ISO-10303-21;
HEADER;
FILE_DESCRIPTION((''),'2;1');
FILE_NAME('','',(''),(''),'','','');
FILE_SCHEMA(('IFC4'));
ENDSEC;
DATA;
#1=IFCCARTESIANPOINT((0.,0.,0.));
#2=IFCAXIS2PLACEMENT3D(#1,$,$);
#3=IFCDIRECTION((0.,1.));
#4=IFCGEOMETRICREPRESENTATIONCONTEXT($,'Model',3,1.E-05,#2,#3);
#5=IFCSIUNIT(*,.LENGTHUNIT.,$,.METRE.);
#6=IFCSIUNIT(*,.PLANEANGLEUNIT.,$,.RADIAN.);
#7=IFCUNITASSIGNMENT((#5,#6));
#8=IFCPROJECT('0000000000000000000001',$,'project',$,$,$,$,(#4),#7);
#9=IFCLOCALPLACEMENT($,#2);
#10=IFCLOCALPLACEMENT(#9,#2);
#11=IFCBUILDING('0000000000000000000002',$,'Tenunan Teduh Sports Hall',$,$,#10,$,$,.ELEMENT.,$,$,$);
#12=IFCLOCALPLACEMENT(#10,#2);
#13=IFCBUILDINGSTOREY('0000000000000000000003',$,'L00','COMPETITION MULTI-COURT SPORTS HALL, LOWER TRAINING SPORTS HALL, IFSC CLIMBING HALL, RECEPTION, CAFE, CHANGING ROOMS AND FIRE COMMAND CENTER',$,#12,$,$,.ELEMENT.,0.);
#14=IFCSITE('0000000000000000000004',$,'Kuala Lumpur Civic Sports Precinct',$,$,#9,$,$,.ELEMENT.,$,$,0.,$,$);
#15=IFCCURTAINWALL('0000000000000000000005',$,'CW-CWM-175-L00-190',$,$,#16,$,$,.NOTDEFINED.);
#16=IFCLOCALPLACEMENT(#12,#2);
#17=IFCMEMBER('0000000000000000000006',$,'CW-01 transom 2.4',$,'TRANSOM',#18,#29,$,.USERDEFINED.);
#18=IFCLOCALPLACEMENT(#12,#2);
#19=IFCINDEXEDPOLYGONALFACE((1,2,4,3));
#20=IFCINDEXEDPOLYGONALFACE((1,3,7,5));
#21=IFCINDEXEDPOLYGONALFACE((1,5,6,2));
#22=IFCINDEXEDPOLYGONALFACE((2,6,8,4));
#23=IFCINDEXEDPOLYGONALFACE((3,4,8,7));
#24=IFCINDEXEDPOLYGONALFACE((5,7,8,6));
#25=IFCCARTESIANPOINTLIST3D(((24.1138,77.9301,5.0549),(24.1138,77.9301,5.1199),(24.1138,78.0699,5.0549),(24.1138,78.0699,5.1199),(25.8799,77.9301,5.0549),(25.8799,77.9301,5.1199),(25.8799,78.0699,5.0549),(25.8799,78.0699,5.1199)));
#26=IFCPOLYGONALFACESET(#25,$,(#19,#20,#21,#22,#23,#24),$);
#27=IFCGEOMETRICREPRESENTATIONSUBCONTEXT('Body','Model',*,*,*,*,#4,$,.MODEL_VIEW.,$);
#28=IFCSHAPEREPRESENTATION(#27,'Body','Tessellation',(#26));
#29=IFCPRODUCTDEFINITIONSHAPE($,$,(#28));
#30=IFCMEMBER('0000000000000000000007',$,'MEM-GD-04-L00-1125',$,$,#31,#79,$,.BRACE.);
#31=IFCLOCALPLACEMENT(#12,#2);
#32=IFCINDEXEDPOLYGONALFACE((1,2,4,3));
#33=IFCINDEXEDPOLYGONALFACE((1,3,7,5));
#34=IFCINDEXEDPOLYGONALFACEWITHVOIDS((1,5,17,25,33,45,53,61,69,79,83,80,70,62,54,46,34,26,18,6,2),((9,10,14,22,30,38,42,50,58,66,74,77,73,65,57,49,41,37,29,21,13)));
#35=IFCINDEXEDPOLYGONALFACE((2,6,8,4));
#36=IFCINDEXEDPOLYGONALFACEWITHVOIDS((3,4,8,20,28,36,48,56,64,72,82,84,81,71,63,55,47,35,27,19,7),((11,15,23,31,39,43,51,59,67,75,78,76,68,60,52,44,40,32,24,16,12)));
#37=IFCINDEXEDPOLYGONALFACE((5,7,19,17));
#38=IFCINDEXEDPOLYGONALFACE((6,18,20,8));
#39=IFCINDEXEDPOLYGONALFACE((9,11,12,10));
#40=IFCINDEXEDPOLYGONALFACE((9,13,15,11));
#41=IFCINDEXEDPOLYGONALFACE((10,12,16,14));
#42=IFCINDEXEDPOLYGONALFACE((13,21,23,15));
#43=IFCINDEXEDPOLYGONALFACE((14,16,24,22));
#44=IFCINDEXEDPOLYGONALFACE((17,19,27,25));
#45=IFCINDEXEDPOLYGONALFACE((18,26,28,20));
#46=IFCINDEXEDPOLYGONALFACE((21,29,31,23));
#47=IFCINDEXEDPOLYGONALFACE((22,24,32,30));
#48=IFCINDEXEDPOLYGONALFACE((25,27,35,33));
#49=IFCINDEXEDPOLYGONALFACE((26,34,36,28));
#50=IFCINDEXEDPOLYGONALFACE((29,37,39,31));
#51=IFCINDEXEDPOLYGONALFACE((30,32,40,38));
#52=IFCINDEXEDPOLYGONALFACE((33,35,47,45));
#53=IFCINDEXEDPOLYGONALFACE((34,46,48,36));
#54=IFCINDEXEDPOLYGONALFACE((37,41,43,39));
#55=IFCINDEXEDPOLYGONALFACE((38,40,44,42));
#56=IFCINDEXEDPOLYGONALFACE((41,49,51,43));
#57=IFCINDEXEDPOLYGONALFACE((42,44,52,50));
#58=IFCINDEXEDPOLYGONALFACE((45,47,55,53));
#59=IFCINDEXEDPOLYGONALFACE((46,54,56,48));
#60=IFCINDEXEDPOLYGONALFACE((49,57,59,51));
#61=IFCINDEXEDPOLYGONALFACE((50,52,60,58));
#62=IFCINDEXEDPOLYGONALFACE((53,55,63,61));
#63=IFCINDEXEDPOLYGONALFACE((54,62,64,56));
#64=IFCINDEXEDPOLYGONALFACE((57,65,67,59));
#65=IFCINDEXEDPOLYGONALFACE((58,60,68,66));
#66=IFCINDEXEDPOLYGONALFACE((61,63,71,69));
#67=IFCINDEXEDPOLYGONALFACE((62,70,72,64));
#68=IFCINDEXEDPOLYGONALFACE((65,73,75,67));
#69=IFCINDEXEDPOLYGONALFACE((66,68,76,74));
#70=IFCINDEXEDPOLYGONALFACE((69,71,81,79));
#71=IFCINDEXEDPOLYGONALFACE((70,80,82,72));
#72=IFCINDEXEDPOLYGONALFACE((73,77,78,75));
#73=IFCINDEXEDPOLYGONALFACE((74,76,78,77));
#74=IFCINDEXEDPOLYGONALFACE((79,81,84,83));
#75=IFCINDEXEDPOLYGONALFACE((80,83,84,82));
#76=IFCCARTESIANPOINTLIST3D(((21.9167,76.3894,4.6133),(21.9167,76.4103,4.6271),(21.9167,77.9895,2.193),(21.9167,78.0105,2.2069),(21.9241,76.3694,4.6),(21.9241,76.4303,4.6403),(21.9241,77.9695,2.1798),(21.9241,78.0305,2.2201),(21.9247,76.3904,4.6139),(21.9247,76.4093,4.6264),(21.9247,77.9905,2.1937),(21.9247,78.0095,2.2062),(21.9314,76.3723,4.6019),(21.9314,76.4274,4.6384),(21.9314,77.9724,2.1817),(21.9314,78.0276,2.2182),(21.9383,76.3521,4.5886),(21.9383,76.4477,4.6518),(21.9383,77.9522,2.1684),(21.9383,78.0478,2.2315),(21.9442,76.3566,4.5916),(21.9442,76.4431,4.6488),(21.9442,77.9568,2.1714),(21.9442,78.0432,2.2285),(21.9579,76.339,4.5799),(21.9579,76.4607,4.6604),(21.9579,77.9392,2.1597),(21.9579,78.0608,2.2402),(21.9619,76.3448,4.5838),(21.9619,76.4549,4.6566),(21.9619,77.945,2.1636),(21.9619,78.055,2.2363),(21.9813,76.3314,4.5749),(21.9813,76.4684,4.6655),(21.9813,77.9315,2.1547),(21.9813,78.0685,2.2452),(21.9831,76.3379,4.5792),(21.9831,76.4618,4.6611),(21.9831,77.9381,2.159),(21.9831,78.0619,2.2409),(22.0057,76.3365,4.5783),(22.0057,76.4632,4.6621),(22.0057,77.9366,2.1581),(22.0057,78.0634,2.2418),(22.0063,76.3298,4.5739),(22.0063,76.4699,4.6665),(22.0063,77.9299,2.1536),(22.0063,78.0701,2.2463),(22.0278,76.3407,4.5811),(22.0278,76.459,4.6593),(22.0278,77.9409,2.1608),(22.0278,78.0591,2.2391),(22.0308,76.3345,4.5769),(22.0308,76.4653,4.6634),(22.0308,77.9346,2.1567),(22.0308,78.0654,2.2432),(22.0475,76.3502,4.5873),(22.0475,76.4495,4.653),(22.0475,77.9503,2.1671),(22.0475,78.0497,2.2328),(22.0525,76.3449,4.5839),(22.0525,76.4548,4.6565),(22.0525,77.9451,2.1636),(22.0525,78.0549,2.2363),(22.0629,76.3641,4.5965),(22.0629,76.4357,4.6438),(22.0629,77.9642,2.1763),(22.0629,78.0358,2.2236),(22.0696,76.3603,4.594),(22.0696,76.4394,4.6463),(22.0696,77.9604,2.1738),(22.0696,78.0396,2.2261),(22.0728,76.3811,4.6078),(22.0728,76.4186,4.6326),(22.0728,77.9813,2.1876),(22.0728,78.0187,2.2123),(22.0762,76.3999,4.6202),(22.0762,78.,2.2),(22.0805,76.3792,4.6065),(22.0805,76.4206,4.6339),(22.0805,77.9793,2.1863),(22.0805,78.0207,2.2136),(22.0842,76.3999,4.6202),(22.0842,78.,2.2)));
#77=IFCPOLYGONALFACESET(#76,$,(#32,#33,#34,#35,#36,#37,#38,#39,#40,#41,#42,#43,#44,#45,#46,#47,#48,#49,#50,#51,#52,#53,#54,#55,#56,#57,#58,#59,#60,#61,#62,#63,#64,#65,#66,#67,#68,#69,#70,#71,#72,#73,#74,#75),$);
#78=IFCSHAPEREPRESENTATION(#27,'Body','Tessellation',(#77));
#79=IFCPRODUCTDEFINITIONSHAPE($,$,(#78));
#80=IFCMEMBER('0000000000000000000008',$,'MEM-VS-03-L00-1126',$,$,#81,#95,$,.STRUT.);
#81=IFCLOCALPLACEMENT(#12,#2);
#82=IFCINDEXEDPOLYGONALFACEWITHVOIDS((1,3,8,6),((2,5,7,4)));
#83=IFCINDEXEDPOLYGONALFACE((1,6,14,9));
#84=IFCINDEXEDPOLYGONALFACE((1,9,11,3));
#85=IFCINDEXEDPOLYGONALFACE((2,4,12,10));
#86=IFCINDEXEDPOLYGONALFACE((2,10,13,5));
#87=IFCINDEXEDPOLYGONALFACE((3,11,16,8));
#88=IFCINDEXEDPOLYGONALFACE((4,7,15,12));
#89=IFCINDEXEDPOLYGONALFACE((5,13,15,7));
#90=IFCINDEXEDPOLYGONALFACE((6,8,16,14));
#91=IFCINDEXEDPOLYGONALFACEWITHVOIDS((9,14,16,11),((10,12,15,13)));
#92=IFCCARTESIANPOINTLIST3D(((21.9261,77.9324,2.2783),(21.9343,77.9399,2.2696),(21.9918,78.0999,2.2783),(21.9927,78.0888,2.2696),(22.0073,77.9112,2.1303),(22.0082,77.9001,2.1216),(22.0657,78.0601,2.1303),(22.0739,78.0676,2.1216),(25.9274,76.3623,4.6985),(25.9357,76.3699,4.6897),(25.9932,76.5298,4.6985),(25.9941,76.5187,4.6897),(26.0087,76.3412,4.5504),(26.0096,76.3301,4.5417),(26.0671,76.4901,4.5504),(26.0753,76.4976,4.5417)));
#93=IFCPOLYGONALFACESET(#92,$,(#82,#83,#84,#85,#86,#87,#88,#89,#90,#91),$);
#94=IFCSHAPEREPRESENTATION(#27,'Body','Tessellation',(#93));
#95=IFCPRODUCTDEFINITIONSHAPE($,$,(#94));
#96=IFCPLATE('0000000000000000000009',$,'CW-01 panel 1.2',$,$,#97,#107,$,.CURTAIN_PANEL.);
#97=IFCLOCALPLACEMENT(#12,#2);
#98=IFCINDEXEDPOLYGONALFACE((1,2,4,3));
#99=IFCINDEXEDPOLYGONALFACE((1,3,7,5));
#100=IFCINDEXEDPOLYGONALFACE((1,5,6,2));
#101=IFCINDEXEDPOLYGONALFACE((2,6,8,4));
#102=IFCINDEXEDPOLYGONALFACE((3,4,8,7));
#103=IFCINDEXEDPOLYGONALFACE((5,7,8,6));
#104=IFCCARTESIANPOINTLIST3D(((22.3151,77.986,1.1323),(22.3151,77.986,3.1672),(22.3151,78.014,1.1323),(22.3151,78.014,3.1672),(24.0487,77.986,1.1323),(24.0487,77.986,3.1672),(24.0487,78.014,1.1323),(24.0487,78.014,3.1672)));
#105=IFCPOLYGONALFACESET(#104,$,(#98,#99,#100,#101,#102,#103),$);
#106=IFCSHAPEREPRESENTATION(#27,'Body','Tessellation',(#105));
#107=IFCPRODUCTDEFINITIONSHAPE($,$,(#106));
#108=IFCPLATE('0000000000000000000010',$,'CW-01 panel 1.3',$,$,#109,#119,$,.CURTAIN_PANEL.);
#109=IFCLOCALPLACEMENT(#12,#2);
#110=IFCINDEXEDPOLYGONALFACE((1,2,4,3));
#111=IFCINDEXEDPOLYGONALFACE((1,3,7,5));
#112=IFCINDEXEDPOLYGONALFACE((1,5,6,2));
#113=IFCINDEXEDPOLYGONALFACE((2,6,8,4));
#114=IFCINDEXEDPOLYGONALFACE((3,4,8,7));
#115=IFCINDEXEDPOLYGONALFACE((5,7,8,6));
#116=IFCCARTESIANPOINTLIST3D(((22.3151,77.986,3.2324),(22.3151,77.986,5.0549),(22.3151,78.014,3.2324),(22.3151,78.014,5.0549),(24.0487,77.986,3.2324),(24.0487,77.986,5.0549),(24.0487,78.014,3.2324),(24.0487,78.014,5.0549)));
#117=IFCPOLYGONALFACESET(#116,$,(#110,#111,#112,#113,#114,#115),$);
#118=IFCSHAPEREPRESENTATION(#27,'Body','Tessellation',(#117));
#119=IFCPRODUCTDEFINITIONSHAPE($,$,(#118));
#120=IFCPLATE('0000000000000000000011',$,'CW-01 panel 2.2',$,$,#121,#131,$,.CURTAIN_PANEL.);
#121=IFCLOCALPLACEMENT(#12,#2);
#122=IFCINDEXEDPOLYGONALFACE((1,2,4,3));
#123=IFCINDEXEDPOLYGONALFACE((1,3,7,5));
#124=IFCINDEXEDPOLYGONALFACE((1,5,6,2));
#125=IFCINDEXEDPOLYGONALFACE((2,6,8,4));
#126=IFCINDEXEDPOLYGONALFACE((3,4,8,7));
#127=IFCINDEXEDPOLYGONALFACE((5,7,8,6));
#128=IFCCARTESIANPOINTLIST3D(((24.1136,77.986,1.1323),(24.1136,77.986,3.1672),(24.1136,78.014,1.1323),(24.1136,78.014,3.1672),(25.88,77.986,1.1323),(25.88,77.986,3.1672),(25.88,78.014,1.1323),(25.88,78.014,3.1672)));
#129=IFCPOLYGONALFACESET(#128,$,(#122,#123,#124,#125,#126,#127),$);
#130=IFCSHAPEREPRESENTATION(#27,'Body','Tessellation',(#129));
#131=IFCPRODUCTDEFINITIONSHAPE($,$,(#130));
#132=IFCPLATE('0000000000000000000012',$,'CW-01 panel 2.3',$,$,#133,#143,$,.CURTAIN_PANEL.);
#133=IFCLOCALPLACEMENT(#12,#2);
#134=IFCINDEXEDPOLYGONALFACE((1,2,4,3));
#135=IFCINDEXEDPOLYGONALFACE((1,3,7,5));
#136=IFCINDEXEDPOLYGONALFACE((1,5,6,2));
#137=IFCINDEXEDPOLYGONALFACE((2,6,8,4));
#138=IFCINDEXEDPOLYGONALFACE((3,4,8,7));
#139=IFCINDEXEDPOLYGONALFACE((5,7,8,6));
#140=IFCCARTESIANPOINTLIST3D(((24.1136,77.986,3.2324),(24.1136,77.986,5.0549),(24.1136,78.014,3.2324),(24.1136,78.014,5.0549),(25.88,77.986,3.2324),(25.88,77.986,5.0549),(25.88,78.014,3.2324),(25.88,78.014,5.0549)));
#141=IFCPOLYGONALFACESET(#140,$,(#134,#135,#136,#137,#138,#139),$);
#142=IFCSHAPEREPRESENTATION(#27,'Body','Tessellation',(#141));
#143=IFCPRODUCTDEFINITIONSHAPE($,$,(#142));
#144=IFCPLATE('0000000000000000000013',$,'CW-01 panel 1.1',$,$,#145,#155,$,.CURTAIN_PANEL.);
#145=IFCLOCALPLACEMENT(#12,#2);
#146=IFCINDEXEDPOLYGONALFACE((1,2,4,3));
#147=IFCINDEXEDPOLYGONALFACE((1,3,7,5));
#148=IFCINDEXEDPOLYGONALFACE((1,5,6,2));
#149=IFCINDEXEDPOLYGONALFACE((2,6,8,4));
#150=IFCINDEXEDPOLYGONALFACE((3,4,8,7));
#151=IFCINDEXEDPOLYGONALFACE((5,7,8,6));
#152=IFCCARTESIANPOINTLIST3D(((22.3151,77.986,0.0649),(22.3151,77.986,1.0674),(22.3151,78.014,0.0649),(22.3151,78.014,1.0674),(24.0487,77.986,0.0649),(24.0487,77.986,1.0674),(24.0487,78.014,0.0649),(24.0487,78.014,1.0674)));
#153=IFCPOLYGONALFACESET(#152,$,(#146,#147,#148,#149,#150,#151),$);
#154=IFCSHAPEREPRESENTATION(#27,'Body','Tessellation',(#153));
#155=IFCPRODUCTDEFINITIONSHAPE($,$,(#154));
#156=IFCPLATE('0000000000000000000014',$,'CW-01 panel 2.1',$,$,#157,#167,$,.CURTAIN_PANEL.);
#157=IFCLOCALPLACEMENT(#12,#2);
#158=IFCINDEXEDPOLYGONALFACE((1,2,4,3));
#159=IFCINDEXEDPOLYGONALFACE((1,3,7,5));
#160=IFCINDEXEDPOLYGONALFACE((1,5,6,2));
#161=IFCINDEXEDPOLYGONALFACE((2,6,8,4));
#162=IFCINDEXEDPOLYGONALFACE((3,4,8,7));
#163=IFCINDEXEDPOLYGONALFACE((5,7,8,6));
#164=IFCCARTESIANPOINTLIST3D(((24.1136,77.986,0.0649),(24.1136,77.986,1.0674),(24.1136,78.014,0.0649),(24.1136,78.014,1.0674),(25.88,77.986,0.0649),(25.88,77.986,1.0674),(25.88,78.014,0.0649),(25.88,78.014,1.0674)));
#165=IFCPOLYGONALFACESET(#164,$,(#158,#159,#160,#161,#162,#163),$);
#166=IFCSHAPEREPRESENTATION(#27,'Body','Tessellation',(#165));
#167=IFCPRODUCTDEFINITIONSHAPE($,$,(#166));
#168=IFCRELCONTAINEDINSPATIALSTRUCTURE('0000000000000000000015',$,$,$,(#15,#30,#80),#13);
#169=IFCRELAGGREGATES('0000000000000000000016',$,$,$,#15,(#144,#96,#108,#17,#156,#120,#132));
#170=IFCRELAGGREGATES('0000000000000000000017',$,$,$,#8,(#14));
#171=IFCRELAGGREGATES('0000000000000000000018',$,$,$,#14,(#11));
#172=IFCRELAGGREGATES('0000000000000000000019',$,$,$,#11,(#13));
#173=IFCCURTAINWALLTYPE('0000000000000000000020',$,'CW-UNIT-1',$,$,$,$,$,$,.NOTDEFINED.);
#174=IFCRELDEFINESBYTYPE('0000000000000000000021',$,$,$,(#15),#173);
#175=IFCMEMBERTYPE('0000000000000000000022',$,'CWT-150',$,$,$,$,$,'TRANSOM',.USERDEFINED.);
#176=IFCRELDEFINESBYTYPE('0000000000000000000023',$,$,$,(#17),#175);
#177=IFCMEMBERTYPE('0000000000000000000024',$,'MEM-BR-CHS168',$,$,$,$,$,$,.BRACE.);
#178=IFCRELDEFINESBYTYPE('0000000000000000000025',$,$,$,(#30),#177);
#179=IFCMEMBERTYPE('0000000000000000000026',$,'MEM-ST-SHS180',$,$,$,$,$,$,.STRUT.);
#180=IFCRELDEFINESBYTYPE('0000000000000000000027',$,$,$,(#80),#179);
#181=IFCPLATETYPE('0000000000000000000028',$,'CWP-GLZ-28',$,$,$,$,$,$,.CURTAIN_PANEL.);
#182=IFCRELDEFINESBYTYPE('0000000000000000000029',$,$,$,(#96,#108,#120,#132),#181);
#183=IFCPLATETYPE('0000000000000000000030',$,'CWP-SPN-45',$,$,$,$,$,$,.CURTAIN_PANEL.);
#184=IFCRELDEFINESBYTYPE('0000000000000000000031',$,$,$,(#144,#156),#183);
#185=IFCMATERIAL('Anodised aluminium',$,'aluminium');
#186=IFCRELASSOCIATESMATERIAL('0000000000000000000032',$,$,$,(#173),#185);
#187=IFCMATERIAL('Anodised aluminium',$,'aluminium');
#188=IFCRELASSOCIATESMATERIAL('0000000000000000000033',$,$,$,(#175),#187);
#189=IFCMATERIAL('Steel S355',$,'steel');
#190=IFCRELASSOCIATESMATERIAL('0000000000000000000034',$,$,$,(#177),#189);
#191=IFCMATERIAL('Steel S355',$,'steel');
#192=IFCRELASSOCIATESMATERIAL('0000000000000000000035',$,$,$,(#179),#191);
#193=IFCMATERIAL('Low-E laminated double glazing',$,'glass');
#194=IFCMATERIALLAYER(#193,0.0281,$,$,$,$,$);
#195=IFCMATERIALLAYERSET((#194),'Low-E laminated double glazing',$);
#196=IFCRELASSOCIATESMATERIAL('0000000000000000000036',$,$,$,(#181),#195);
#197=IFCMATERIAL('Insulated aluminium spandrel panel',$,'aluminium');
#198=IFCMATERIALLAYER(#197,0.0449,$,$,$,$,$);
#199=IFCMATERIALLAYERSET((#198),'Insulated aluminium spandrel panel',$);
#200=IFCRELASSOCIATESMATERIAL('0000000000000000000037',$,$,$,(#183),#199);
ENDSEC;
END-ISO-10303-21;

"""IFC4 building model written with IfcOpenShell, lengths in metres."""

from ifc_helpers import new_model, si_unit, direction, frame, origin, origin_2d, place, context, subcontext, project, spatial, rectangle, hollow_rectangle, hollow_circle, extrude, material, layer, layer_set, material_profile, profile_set, type_object, element, aggregate, save


model = new_model("IFC4")

# Units and contexts
model_context = context("Model", 3, precision=1e-05, world=origin(), true_north=direction((0.0, 1.0)))
body_context = subcontext(model_context, "Body", "Model", "MODEL_VIEW")
ifc_project = project(units=[si_unit("LENGTHUNIT", "METRE"), si_unit("PLANEANGLEUNIT", "RADIAN")], contexts=[model_context])

# Site, building, storey
site_placement = place(None, origin())
site = spatial("IfcSite", under=ifc_project, at=site_placement, Name="Kuala Lumpur Civic Sports Precinct", CompositionType="ELEMENT", RefElevation=0.0)
building_placement = place(site_placement, origin())
building = spatial("IfcBuilding", under=site, at=building_placement, Name="Tenunan Teduh Sports Hall", CompositionType="ELEMENT")
storey_placement = place(building_placement, origin())
storey = spatial("IfcBuildingStorey", under=building, at=storey_placement, Name="L00", Description="COMPETITION MULTI-COURT SPORTS HALL, LOWER TRAINING SPORTS HALL, IFSC CLIMBING HALL, RECEPTION, CAFE, CHANGING ROOMS AND FIRE COMMAND CENTER", CompositionType="ELEMENT", Elevation=0.0)

# Curtain wall, member
ifc_material_1 = material(Name="Anodised aluminium", Category="aluminium")
curtain_wall_type = type_object("IfcCurtainWallType", Name="CW-UNIT-1", PredefinedType="NOTDEFINED", material=ifc_material_1)
curtain_wall_placement = place(storey_placement, origin())
curtain_wall = element("IfcCurtainWall", 1, at=curtain_wall_placement, inside=storey, type_object=curtain_wall_type, Name="CW-CWM-175-L00-190", PredefinedType="NOTDEFINED")
ifc_material_2 = material(Name="Anodised aluminium", Category="aluminium")
ifc_material_profile_1 = material_profile(ifc_material_2, rectangle(XDim=0.0649, YDim=0.1399, at=origin_2d()), Name="CWT 65x140")
ifc_profile_set_1 = profile_set([ifc_material_profile_1], Name="Anodised aluminium")
member_type_1 = type_object("IfcMemberType", Name="CWT-150", ElementType="TRANSOM", PredefinedType="USERDEFINED", material=ifc_profile_set_1)
member_1_placement = place(storey_placement, frame((24.1138, 78.0, 5.0874), z_axis=(1.0, 0.0, 0.0), x_axis=(0.0, 0.0, 1.0)))
member_1 = element("IfcMember", 2, at=member_1_placement, type_object=member_type_1, Name="CW-01 transom 2.4", ObjectType="TRANSOM", PredefinedType="USERDEFINED", context=body_context, shape_type="SweptSolid", body=[
    extrude(rectangle(XDim=0.0649, YDim=0.1399, at=origin_2d()), origin(), (0.0, 0.0, 1.0), 1.7661),
])

# Members
ifc_material_3 = material(Name="Steel S355", Category="steel")
ifc_material_profile_2 = material_profile(ifc_material_3, hollow_circle(Radius=0.0842, WallThickness=0.0081, at=origin_2d()), Name="CHS 168.3x8.0")
ifc_profile_set_2 = profile_set([ifc_material_profile_2], Name="Steel S355")
member_type_2 = type_object("IfcMemberType", Name="MEM-BR-CHS168", PredefinedType="BRACE", material=ifc_profile_set_2)
member_2_placement = place(storey_placement, frame((22.0, 78.0, 2.2), z_axis=(0.0, -0.551511, 0.834167), x_axis=(1.0, 0.0, 0.0)))
element("IfcMember", 3, at=member_2_placement, inside=storey, type_object=member_type_2, Name="MEM-GD-04-L00-1125", PredefinedType="BRACE", context=body_context, shape_type="SweptSolid", body=[
    extrude(hollow_circle(Radius=0.0842, WallThickness=0.0081, at=origin_2d()), origin(), (0.0, 0.0, 1.0), 2.9014),
])
ifc_material_4 = material(Name="Steel S355", Category="steel")
ifc_material_profile_3 = material_profile(ifc_material_4, hollow_rectangle(XDim=0.1799, YDim=0.1799, WallThickness=0.01, at=origin_2d()), Name="SHS 180x180x10.0")
ifc_profile_set_3 = profile_set([ifc_material_profile_3], Name="Steel S355")
member_type_3 = type_object("IfcMemberType", Name="MEM-ST-SHS180", PredefinedType="STRUT", material=ifc_profile_set_3)
member_3_placement = place(storey_placement, frame((22.0, 78.0, 2.2), z_axis=(0.81117, -0.318282, 0.490612), x_axis=(0.365262, 0.930905, 0.0)))
element("IfcMember", 4, at=member_3_placement, inside=storey, type_object=member_type_3, Name="MEM-VS-03-L00-1126", PredefinedType="STRUT", context=body_context, shape_type="SweptSolid", body=[
    extrude(hollow_rectangle(XDim=0.1799, YDim=0.1799, WallThickness=0.01, at=origin_2d()), origin(), (0.0, 0.0, 1.0), 4.9329),
])

# Plates
ifc_material_5 = material(Name="Low-E laminated double glazing", Category="glass")
ifc_layer_1 = layer(ifc_material_5, 0.0281)
ifc_layer_set_1 = layer_set([ifc_layer_1], Name="Low-E laminated double glazing")
plate_type_1 = type_object("IfcPlateType", Name="CWP-GLZ-28", PredefinedType="CURTAIN_PANEL", material=ifc_layer_set_1)
plate_1_placement = place(storey_placement, frame((23.1819, 78.0, 1.1323), z_axis=(0.0, 0.0, 1.0), x_axis=(1.0, 0.0, 0.0)))
plate_1 = element("IfcPlate", 5, at=plate_1_placement, type_object=plate_type_1, Name="CW-01 panel 1.2", PredefinedType="CURTAIN_PANEL", context=body_context, shape_type="SweptSolid", body=[
    extrude(rectangle(XDim=1.7336, YDim=0.0281, at=origin_2d()), origin(), (0.0, 0.0, 1.0), 2.0349),
])
plate_2_placement = place(storey_placement, frame((23.1819, 78.0, 3.2324), z_axis=(0.0, 0.0, 1.0), x_axis=(1.0, 0.0, 0.0)))
plate_2 = element("IfcPlate", 6, at=plate_2_placement, type_object=plate_type_1, Name="CW-01 panel 1.3", PredefinedType="CURTAIN_PANEL", context=body_context, shape_type="SweptSolid", body=[
    extrude(rectangle(XDim=1.7336, YDim=0.0281, at=origin_2d()), origin(), (0.0, 0.0, 1.0), 1.8225),
])
plate_3_placement = place(storey_placement, frame((24.9968, 78.0, 1.1323), z_axis=(0.0, 0.0, 1.0), x_axis=(1.0, 0.0, 0.0)))
plate_3 = element("IfcPlate", 7, at=plate_3_placement, type_object=plate_type_1, Name="CW-01 panel 2.2", PredefinedType="CURTAIN_PANEL", context=body_context, shape_type="SweptSolid", body=[
    extrude(rectangle(XDim=1.7664, YDim=0.0281, at=origin_2d()), origin(), (0.0, 0.0, 1.0), 2.0349),
])
plate_4_placement = place(storey_placement, frame((24.9968, 78.0, 3.2324), z_axis=(0.0, 0.0, 1.0), x_axis=(1.0, 0.0, 0.0)))
plate_4 = element("IfcPlate", 8, at=plate_4_placement, type_object=plate_type_1, Name="CW-01 panel 2.3", PredefinedType="CURTAIN_PANEL", context=body_context, shape_type="SweptSolid", body=[
    extrude(rectangle(XDim=1.7664, YDim=0.0281, at=origin_2d()), origin(), (0.0, 0.0, 1.0), 1.8225),
])
ifc_material_6 = material(Name="Insulated aluminium spandrel panel", Category="aluminium")
ifc_layer_2 = layer(ifc_material_6, 0.0449)
ifc_layer_set_2 = layer_set([ifc_layer_2], Name="Insulated aluminium spandrel panel")
plate_type_2 = type_object("IfcPlateType", Name="CWP-SPN-45", PredefinedType="CURTAIN_PANEL", material=ifc_layer_set_2)
plate_5_placement = place(storey_placement, frame((23.1819, 78.0, 0.0649), z_axis=(0.0, 0.0, 1.0), x_axis=(1.0, 0.0, 0.0)))
plate_5 = element("IfcPlate", 9, at=plate_5_placement, type_object=plate_type_2, Name="CW-01 panel 1.1", PredefinedType="CURTAIN_PANEL", context=body_context, shape_type="SweptSolid", body=[
    extrude(rectangle(XDim=1.7336, YDim=0.0281, at=origin_2d()), origin(), (0.0, 0.0, 1.0), 1.0024),
])
plate_6_placement = place(storey_placement, frame((24.9968, 78.0, 0.0649), z_axis=(0.0, 0.0, 1.0), x_axis=(1.0, 0.0, 0.0)))
plate_6 = element("IfcPlate", 10, at=plate_6_placement, type_object=plate_type_2, Name="CW-01 panel 2.1", PredefinedType="CURTAIN_PANEL", context=body_context, shape_type="SweptSolid", body=[
    extrude(rectangle(XDim=1.7664, YDim=0.0281, at=origin_2d()), origin(), (0.0, 0.0, 1.0), 1.0024),
])
aggregate(curtain_wall, [plate_5, plate_1, plate_2, member_1, plate_6, plate_3, plate_4])

save(model, "model.ifc")
